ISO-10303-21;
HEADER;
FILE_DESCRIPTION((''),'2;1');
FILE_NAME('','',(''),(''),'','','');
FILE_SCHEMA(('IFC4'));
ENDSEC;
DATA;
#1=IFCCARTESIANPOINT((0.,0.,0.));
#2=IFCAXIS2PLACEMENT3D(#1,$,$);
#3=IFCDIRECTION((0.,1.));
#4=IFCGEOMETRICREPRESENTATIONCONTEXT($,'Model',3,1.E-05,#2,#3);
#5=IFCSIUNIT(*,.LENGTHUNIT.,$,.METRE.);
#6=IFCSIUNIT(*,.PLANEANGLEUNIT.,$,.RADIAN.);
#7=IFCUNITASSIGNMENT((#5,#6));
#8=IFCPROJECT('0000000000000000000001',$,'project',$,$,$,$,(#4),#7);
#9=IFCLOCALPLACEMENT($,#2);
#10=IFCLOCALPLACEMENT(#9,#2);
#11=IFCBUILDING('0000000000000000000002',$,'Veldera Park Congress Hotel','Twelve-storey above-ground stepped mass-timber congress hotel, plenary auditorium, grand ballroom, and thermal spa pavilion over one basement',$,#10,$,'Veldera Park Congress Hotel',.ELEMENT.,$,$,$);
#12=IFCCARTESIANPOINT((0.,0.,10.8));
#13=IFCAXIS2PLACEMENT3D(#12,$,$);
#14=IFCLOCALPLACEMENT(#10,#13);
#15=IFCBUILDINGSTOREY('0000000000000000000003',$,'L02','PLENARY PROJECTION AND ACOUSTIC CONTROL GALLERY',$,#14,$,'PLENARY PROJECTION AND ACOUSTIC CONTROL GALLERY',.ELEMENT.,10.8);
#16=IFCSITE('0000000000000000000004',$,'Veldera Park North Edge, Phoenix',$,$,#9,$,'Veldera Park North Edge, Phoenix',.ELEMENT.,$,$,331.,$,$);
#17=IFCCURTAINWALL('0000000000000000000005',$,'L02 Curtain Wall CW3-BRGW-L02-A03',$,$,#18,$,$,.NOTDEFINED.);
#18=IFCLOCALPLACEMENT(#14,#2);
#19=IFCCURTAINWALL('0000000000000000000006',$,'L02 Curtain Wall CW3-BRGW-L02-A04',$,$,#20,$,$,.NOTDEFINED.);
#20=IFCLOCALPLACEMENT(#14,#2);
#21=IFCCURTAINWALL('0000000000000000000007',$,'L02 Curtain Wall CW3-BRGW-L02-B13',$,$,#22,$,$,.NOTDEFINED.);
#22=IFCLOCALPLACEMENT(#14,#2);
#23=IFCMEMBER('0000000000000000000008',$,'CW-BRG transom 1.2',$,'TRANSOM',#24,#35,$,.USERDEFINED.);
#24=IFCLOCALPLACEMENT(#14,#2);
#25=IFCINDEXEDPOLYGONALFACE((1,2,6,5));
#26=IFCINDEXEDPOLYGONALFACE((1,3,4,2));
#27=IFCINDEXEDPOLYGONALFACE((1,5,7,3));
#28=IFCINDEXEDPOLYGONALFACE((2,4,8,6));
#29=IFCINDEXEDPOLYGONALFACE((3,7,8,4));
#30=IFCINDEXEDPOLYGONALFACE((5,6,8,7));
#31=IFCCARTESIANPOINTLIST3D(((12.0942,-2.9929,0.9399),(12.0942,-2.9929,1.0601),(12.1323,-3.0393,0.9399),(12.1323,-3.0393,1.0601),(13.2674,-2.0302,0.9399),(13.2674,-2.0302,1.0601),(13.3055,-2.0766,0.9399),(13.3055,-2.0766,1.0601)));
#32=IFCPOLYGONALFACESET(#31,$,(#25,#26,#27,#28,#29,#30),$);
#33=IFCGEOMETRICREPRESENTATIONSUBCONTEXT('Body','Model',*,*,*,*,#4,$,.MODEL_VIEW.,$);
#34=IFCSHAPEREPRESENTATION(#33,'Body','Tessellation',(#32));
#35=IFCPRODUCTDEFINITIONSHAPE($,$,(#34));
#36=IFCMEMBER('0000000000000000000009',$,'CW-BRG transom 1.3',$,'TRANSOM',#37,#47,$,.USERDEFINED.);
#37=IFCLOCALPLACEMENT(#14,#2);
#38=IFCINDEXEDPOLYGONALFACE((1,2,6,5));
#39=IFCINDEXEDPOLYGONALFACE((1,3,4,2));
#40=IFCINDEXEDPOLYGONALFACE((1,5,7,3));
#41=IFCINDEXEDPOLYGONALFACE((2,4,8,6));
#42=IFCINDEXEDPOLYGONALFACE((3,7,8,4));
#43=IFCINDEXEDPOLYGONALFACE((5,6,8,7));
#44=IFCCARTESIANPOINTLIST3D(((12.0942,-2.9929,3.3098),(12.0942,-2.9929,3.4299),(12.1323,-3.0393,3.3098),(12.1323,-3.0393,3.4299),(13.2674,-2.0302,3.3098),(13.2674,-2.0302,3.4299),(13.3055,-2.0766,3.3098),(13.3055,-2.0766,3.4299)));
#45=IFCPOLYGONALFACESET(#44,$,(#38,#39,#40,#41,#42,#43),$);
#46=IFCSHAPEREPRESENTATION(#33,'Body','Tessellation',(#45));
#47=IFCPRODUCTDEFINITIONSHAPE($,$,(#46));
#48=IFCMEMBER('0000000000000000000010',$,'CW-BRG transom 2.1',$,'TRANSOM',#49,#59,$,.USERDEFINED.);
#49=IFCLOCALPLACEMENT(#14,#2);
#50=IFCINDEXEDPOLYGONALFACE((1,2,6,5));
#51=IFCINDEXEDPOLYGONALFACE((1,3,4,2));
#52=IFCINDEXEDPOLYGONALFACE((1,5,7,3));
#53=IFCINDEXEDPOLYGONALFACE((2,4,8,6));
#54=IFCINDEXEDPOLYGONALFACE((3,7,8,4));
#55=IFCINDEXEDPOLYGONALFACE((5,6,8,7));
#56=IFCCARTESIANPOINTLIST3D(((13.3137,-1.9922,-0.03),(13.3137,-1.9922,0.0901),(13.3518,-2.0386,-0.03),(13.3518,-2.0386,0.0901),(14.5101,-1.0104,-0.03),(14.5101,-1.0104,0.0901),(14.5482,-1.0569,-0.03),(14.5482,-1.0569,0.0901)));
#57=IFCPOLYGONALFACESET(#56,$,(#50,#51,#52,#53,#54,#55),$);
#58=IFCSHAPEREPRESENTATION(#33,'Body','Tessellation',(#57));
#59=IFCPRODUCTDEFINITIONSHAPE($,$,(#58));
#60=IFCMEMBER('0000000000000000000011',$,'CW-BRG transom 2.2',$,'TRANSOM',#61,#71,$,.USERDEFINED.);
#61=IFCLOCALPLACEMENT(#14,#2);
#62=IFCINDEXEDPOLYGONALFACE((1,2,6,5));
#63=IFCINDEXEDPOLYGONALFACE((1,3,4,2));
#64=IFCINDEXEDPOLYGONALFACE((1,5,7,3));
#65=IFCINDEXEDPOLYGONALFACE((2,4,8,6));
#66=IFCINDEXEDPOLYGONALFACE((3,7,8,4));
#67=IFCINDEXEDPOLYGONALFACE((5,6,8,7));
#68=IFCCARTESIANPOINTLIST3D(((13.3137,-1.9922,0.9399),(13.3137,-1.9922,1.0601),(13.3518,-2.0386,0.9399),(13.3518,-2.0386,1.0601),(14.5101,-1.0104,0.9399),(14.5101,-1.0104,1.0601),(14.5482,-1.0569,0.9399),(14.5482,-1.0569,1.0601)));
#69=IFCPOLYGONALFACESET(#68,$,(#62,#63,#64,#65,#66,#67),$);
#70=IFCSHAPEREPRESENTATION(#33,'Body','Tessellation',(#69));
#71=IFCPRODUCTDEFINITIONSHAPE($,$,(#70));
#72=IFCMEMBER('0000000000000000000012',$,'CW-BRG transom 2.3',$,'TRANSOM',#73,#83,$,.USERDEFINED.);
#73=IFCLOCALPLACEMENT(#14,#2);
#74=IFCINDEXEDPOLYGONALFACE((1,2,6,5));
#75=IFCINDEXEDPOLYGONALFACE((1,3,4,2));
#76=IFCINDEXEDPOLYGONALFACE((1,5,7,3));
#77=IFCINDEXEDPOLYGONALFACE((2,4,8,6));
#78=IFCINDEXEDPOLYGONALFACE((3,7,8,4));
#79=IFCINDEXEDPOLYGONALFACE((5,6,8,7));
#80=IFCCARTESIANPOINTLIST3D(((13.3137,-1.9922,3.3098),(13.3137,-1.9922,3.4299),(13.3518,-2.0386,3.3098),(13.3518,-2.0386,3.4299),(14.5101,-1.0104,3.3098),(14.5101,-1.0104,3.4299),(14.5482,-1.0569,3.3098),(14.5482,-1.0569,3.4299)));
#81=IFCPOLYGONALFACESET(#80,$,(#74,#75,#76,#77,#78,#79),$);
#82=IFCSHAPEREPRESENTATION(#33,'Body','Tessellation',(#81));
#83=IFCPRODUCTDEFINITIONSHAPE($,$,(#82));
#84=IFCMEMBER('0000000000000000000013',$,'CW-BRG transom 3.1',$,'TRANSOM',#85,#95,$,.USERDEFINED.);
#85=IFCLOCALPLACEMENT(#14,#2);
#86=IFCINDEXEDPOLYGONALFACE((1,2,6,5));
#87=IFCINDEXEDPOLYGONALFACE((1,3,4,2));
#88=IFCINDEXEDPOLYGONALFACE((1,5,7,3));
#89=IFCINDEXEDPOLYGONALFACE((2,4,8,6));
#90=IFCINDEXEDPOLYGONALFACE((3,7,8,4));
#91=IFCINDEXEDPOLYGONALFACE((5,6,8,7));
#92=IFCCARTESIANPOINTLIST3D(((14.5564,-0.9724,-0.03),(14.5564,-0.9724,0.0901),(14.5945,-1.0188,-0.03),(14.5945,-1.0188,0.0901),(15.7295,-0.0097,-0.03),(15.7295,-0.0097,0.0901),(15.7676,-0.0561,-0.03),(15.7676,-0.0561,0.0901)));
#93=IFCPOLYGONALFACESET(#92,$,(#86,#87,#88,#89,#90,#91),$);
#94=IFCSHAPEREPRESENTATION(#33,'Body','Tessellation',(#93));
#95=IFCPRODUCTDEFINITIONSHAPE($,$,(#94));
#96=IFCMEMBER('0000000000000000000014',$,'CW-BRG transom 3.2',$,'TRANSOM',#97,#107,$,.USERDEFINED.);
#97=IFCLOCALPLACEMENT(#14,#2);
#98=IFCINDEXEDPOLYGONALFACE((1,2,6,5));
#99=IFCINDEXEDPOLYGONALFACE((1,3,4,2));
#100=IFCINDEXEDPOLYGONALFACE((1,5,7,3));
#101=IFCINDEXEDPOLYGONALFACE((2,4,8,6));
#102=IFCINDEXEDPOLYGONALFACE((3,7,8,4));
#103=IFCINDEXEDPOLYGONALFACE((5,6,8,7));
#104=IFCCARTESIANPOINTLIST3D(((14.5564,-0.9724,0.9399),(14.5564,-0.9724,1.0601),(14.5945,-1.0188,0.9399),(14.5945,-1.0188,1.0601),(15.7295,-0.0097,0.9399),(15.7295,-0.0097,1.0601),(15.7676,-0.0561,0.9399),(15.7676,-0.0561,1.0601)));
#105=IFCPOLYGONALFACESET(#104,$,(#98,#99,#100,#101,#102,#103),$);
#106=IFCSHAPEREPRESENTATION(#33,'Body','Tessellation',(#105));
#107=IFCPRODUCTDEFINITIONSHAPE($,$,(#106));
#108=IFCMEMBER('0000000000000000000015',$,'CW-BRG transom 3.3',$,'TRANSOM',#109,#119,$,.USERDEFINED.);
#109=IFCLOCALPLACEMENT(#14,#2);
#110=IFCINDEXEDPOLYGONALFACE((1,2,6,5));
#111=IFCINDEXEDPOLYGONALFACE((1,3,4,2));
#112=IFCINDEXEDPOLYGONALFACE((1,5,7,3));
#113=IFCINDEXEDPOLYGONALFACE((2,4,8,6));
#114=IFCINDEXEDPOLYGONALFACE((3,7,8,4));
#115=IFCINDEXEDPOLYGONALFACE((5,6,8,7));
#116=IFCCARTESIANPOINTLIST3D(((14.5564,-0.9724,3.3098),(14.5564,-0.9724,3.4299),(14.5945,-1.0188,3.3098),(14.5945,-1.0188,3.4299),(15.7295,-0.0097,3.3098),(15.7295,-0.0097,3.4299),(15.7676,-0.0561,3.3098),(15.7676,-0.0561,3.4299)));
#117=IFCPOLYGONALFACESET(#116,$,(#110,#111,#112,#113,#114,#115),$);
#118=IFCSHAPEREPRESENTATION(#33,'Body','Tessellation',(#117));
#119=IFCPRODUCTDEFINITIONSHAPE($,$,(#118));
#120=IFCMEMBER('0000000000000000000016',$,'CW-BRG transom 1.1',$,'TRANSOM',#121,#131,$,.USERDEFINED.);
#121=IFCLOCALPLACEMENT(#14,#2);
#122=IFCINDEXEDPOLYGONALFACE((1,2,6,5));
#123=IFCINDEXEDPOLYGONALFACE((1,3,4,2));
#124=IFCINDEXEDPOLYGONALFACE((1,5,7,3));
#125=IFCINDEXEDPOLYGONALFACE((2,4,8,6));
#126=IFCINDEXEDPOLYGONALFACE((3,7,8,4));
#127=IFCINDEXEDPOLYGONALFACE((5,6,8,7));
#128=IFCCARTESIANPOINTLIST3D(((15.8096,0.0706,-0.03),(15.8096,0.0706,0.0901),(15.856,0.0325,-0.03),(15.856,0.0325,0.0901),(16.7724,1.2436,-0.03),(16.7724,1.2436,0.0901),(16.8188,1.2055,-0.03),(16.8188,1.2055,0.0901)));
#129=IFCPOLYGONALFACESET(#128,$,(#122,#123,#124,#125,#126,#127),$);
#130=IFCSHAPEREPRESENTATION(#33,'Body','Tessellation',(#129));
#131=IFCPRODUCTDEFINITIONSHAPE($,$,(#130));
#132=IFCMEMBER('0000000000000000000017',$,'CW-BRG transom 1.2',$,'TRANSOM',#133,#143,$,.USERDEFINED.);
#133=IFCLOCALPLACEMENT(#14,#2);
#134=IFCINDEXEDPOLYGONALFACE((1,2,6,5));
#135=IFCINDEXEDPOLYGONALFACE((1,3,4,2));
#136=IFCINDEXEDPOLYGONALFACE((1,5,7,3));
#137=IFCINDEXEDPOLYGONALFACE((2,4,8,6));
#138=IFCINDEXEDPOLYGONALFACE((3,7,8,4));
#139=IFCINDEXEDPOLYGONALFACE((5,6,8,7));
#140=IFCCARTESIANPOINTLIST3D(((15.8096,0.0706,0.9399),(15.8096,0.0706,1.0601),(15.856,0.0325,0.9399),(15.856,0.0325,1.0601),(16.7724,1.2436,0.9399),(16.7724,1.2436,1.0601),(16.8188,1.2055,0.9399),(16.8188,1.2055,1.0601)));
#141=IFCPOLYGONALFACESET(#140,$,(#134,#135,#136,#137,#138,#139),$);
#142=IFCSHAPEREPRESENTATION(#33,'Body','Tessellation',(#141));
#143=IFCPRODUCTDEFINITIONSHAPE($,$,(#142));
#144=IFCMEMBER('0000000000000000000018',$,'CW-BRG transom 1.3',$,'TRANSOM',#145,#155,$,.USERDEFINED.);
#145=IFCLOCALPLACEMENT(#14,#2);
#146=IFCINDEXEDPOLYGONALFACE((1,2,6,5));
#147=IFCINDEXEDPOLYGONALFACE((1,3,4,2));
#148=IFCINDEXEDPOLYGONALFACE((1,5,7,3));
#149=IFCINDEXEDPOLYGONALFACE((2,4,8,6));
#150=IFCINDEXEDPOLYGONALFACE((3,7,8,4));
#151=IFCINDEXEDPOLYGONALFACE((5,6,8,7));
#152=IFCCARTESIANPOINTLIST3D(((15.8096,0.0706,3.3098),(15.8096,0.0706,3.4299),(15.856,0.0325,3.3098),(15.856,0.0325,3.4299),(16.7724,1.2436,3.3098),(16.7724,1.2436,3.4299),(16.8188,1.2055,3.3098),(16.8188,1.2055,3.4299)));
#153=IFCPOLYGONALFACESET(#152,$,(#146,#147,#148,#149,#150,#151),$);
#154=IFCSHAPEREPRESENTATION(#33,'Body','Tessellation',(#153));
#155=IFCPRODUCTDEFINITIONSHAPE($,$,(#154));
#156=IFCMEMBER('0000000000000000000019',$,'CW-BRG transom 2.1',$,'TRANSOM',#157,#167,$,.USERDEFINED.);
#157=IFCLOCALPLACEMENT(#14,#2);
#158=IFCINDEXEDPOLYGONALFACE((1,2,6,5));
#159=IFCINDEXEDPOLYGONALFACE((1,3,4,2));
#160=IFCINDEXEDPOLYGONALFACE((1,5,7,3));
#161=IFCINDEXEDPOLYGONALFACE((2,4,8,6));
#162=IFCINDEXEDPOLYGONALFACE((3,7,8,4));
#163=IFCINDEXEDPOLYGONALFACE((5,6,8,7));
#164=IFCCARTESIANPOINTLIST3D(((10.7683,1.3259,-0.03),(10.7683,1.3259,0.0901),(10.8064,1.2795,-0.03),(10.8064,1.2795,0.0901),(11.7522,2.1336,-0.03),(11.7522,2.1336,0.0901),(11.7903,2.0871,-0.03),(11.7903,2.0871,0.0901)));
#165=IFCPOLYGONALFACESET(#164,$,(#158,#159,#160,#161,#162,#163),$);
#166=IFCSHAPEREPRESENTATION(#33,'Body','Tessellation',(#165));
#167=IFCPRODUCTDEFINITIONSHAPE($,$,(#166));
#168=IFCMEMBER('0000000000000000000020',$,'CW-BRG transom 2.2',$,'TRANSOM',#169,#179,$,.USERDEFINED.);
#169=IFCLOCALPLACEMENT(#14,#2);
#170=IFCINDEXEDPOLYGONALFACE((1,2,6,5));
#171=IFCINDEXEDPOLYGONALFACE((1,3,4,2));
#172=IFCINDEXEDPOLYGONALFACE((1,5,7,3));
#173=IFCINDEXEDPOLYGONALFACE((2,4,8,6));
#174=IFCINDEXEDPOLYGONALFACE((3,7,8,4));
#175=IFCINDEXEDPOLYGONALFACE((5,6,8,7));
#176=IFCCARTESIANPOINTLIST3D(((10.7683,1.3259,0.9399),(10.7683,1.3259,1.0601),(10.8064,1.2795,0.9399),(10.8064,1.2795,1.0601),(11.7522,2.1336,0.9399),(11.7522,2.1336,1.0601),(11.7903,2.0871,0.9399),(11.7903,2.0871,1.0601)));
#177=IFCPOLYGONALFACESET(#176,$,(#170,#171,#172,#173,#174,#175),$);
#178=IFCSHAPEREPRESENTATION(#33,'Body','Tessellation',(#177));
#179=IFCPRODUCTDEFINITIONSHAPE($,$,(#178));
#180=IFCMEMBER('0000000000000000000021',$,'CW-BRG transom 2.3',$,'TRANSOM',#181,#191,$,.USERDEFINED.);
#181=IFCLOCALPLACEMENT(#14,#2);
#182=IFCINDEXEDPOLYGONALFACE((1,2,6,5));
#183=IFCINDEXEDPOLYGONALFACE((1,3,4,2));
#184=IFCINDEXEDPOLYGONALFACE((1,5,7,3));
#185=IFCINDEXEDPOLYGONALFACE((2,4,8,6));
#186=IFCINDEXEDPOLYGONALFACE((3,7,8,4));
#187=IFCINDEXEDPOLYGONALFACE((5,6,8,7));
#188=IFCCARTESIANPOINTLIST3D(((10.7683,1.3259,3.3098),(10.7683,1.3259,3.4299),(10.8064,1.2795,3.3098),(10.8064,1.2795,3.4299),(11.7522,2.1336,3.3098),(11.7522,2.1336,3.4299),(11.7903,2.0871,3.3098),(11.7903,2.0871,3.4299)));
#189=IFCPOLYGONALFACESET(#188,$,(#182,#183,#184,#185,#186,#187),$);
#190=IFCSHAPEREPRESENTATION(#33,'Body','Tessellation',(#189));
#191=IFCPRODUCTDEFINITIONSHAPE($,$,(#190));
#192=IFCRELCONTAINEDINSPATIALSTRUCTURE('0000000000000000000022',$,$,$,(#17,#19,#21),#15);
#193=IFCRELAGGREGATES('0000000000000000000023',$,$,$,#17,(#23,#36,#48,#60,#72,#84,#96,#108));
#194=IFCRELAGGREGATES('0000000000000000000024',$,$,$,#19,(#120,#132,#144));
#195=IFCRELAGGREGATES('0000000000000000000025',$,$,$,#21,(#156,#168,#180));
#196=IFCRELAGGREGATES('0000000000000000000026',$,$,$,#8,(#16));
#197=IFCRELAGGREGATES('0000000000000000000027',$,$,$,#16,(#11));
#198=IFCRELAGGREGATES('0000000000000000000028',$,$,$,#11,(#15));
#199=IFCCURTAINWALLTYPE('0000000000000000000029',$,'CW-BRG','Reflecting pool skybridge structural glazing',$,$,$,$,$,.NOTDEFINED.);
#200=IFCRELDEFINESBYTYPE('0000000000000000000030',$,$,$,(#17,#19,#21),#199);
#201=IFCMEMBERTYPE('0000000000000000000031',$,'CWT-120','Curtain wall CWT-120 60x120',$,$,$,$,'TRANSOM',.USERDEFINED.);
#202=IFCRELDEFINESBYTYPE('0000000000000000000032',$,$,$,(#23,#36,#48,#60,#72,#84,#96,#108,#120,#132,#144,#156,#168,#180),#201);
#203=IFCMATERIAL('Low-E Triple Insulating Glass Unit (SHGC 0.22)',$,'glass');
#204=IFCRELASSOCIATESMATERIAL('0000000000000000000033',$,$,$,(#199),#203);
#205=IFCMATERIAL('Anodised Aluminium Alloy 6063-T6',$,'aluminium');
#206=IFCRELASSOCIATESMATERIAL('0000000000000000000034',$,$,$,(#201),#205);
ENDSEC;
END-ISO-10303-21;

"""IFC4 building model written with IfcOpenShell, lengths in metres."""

from ifc_helpers import new_model, si_unit, direction, frame, origin, origin_2d, place, context, subcontext, project, spatial, rectangle, extrude, material, material_profile, profile_set, type_object, element, aggregate, save


model = new_model("IFC4")

# Units and contexts
model_context = context("Model", 3, precision=1e-05, world=origin(), true_north=direction((0.0, 1.0)))
body_context = subcontext(model_context, "Body", "Model", "MODEL_VIEW")
ifc_project = project(units=[si_unit("LENGTHUNIT", "METRE"), si_unit("PLANEANGLEUNIT", "RADIAN")], contexts=[model_context])

# Site, building, storey
site_placement = place(None, origin())
site = spatial("IfcSite", under=ifc_project, at=site_placement, Name="Veldera Park North Edge, Phoenix", LongName="Veldera Park North Edge, Phoenix", CompositionType="ELEMENT", RefElevation=331.0)
building_placement = place(site_placement, origin())
building = spatial("IfcBuilding", under=site, at=building_placement, Name="Veldera Park Congress Hotel", Description="Twelve-storey above-ground stepped mass-timber congress hotel, plenary auditorium, grand ballroom, and thermal spa pavilion over one basement", LongName="Veldera Park Congress Hotel", CompositionType="ELEMENT")
storey_placement = place(building_placement, frame((0.0, 0.0, 10.8)))
storey = spatial("IfcBuildingStorey", under=building, at=storey_placement, Name="L02", Description="PLENARY PROJECTION AND ACOUSTIC CONTROL GALLERY", LongName="PLENARY PROJECTION AND ACOUSTIC CONTROL GALLERY", CompositionType="ELEMENT", Elevation=10.8)

# Shared definitions
ifc_material_1 = material(Name="Low-E Triple Insulating Glass Unit (SHGC 0.22)", Category="glass")
curtain_wall_type = type_object("IfcCurtainWallType", Name="CW-BRG", Description="Reflecting pool skybridge structural glazing", PredefinedType="NOTDEFINED", material=ifc_material_1)
ifc_material_2 = material(Name="Anodised Aluminium Alloy 6063-T6", Category="aluminium")

# Curtain wall
curtain_wall_1_placement = place(storey_placement, origin())
curtain_wall_1 = element("IfcCurtainWall", 1, at=curtain_wall_1_placement, inside=storey, type_object=curtain_wall_type, Name="L02 Curtain Wall CW3-BRGW-L02-A03", PredefinedType="NOTDEFINED")

# Curtain wall
curtain_wall_2_placement = place(storey_placement, origin())
curtain_wall_2 = element("IfcCurtainWall", 2, at=curtain_wall_2_placement, inside=storey, type_object=curtain_wall_type, Name="L02 Curtain Wall CW3-BRGW-L02-A04", PredefinedType="NOTDEFINED")

# Curtain wall
curtain_wall_3_placement = place(storey_placement, origin())
curtain_wall_3 = element("IfcCurtainWall", 3, at=curtain_wall_3_placement, inside=storey, type_object=curtain_wall_type, Name="L02 Curtain Wall CW3-BRGW-L02-B13", PredefinedType="NOTDEFINED")

# Members
ifc_material_profile_1 = material_profile(ifc_material_2, rectangle(XDim=0.0601, YDim=0.1201, at=origin_2d()), Name="ALU 60x120")
ifc_profile_set_1 = profile_set([ifc_material_profile_1], Name="Anodised Aluminium Alloy 6063-T6")
member_type_1 = type_object("IfcMemberType", Name="CWT-120", Description="Curtain wall CWT-120 60x120", ElementType="TRANSOM", PredefinedType="USERDEFINED", material=ifc_profile_set_1)
member_1_placement = place(storey_placement, frame((12.1133, -3.0161, 1.0), z_axis=(0.773039, 0.634359, 0.0), x_axis=(-0.634359, 0.773039, 0.0)))
member_1 = element("IfcMember", 4, at=member_1_placement, type_object=member_type_1, Name="CW-BRG transom 1.2", ObjectType="TRANSOM", PredefinedType="USERDEFINED", context=body_context, shape_type="SweptSolid", body=[
    extrude(rectangle(XDim=0.0601, YDim=0.1201, at=origin_2d()), origin(), (0.0, 0.0, 1.0), 1.5176),
])
member_2_placement = place(storey_placement, frame((12.1133, -3.0161, 3.3699), z_axis=(0.773039, 0.634359, 0.0), x_axis=(-0.634359, 0.773039, 0.0)))
member_2 = element("IfcMember", 5, at=member_2_placement, type_object=member_type_1, Name="CW-BRG transom 1.3", ObjectType="TRANSOM", PredefinedType="USERDEFINED", context=body_context, shape_type="SweptSolid", body=[
    extrude(rectangle(XDim=0.0601, YDim=0.1201, at=origin_2d()), origin(), (0.0, 0.0, 1.0), 1.5176),
])
member_3_placement = place(storey_placement, frame((13.3328, -2.0154, 0.03), z_axis=(0.773036, 0.634363, 0.0), x_axis=(-0.634363, 0.773036, 0.0)))
member_3 = element("IfcMember", 6, at=member_3_placement, type_object=member_type_1, Name="CW-BRG transom 2.1", ObjectType="TRANSOM", PredefinedType="USERDEFINED", context=body_context, shape_type="SweptSolid", body=[
    extrude(rectangle(XDim=0.0601, YDim=0.1201, at=origin_2d()), origin(), (0.0, 0.0, 1.0), 1.5476),
])
member_4_placement = place(storey_placement, frame((13.3328, -2.0154, 1.0), z_axis=(0.773036, 0.634363, 0.0), x_axis=(-0.634363, 0.773036, 0.0)))
member_4 = element("IfcMember", 7, at=member_4_placement, type_object=member_type_1, Name="CW-BRG transom 2.2", ObjectType="TRANSOM", PredefinedType="USERDEFINED", context=body_context, shape_type="SweptSolid", body=[
    extrude(rectangle(XDim=0.0601, YDim=0.1201, at=origin_2d()), origin(), (0.0, 0.0, 1.0), 1.5476),
])
member_5_placement = place(storey_placement, frame((13.3328, -2.0154, 3.3699), z_axis=(0.773036, 0.634363, 0.0), x_axis=(-0.634363, 0.773036, 0.0)))
member_5 = element("IfcMember", 8, at=member_5_placement, type_object=member_type_1, Name="CW-BRG transom 2.3", ObjectType="TRANSOM", PredefinedType="USERDEFINED", context=body_context, shape_type="SweptSolid", body=[
    extrude(rectangle(XDim=0.0601, YDim=0.1201, at=origin_2d()), origin(), (0.0, 0.0, 1.0), 1.5476),
])
member_6_placement = place(storey_placement, frame((14.5754, -0.9956, 0.03), z_axis=(0.773039, 0.634359, 0.0), x_axis=(-0.634359, 0.773039, 0.0)))
member_6 = element("IfcMember", 9, at=member_6_placement, type_object=member_type_1, Name="CW-BRG transom 3.1", ObjectType="TRANSOM", PredefinedType="USERDEFINED", context=body_context, shape_type="SweptSolid", body=[
    extrude(rectangle(XDim=0.0601, YDim=0.1201, at=origin_2d()), origin(), (0.0, 0.0, 1.0), 1.5176),
])
member_7_placement = place(storey_placement, frame((14.5754, -0.9956, 1.0), z_axis=(0.773039, 0.634359, 0.0), x_axis=(-0.634359, 0.773039, 0.0)))
member_7 = element("IfcMember", 10, at=member_7_placement, type_object=member_type_1, Name="CW-BRG transom 3.2", ObjectType="TRANSOM", PredefinedType="USERDEFINED", context=body_context, shape_type="SweptSolid", body=[
    extrude(rectangle(XDim=0.0601, YDim=0.1201, at=origin_2d()), origin(), (0.0, 0.0, 1.0), 1.5176),
])
member_8_placement = place(storey_placement, frame((14.5754, -0.9956, 3.3699), z_axis=(0.773039, 0.634359, 0.0), x_axis=(-0.634359, 0.773039, 0.0)))
member_8 = element("IfcMember", 11, at=member_8_placement, type_object=member_type_1, Name="CW-BRG transom 3.3", ObjectType="TRANSOM", PredefinedType="USERDEFINED", context=body_context, shape_type="SweptSolid", body=[
    extrude(rectangle(XDim=0.0601, YDim=0.1201, at=origin_2d()), origin(), (0.0, 0.0, 1.0), 1.5176),
])
member_9_placement = place(storey_placement, frame((15.8328, 0.0515, 0.03), z_axis=(0.634455, 0.77296, 0.0), x_axis=(-0.77296, 0.634455, 0.0)))
member_9 = element("IfcMember", 12, at=member_9_placement, type_object=member_type_1, Name="CW-BRG transom 1.1", ObjectType="TRANSOM", PredefinedType="USERDEFINED", context=body_context, shape_type="SweptSolid", body=[
    extrude(rectangle(XDim=0.0601, YDim=0.1201, at=origin_2d()), origin(), (0.0, 0.0, 1.0), 1.5176),
])
member_10_placement = place(storey_placement, frame((15.8328, 0.0515, 1.0), z_axis=(0.634455, 0.77296, 0.0), x_axis=(-0.77296, 0.634455, 0.0)))
member_10 = element("IfcMember", 13, at=member_10_placement, type_object=member_type_1, Name="CW-BRG transom 1.2", ObjectType="TRANSOM", PredefinedType="USERDEFINED", context=body_context, shape_type="SweptSolid", body=[
    extrude(rectangle(XDim=0.0601, YDim=0.1201, at=origin_2d()), origin(), (0.0, 0.0, 1.0), 1.5176),
])
member_11_placement = place(storey_placement, frame((15.8328, 0.0515, 3.3699), z_axis=(0.634455, 0.77296, 0.0), x_axis=(-0.77296, 0.634455, 0.0)))
member_11 = element("IfcMember", 14, at=member_11_placement, type_object=member_type_1, Name="CW-BRG transom 1.3", ObjectType="TRANSOM", PredefinedType="USERDEFINED", context=body_context, shape_type="SweptSolid", body=[
    extrude(rectangle(XDim=0.0601, YDim=0.1201, at=origin_2d()), origin(), (0.0, 0.0, 1.0), 1.5176),
])
member_12_placement = place(storey_placement, frame((11.7712, 2.1104, 0.03), z_axis=(-0.772948, -0.634469, 0.0), x_axis=(0.634469, -0.772948, 0.0)))
member_12 = element("IfcMember", 15, at=member_12_placement, type_object=member_type_1, Name="CW-BRG transom 2.1", ObjectType="TRANSOM", PredefinedType="USERDEFINED", context=body_context, shape_type="SweptSolid", body=[
    extrude(rectangle(XDim=0.0601, YDim=0.1201, at=origin_2d()), origin(), (0.0, 0.0, 1.0), 1.2729),
])
member_13_placement = place(storey_placement, frame((11.7712, 2.1104, 1.0), z_axis=(-0.772948, -0.634469, 0.0), x_axis=(0.634469, -0.772948, 0.0)))
member_13 = element("IfcMember", 16, at=member_13_placement, type_object=member_type_1, Name="CW-BRG transom 2.2", ObjectType="TRANSOM", PredefinedType="USERDEFINED", context=body_context, shape_type="SweptSolid", body=[
    extrude(rectangle(XDim=0.0601, YDim=0.1201, at=origin_2d()), origin(), (0.0, 0.0, 1.0), 1.2729),
])
member_14_placement = place(storey_placement, frame((11.7712, 2.1104, 3.3699), z_axis=(-0.772948, -0.634469, 0.0), x_axis=(0.634469, -0.772948, 0.0)))
member_14 = element("IfcMember", 17, at=member_14_placement, type_object=member_type_1, Name="CW-BRG transom 2.3", ObjectType="TRANSOM", PredefinedType="USERDEFINED", context=body_context, shape_type="SweptSolid", body=[
    extrude(rectangle(XDim=0.0601, YDim=0.1201, at=origin_2d()), origin(), (0.0, 0.0, 1.0), 1.2729),
])

aggregate(curtain_wall_1, [member_1, member_2, member_3, member_4, member_5, member_6, member_7, member_8])
aggregate(curtain_wall_2, [member_9, member_10, member_11])
aggregate(curtain_wall_3, [member_12, member_13, member_14])

save(model, "model.ifc")
